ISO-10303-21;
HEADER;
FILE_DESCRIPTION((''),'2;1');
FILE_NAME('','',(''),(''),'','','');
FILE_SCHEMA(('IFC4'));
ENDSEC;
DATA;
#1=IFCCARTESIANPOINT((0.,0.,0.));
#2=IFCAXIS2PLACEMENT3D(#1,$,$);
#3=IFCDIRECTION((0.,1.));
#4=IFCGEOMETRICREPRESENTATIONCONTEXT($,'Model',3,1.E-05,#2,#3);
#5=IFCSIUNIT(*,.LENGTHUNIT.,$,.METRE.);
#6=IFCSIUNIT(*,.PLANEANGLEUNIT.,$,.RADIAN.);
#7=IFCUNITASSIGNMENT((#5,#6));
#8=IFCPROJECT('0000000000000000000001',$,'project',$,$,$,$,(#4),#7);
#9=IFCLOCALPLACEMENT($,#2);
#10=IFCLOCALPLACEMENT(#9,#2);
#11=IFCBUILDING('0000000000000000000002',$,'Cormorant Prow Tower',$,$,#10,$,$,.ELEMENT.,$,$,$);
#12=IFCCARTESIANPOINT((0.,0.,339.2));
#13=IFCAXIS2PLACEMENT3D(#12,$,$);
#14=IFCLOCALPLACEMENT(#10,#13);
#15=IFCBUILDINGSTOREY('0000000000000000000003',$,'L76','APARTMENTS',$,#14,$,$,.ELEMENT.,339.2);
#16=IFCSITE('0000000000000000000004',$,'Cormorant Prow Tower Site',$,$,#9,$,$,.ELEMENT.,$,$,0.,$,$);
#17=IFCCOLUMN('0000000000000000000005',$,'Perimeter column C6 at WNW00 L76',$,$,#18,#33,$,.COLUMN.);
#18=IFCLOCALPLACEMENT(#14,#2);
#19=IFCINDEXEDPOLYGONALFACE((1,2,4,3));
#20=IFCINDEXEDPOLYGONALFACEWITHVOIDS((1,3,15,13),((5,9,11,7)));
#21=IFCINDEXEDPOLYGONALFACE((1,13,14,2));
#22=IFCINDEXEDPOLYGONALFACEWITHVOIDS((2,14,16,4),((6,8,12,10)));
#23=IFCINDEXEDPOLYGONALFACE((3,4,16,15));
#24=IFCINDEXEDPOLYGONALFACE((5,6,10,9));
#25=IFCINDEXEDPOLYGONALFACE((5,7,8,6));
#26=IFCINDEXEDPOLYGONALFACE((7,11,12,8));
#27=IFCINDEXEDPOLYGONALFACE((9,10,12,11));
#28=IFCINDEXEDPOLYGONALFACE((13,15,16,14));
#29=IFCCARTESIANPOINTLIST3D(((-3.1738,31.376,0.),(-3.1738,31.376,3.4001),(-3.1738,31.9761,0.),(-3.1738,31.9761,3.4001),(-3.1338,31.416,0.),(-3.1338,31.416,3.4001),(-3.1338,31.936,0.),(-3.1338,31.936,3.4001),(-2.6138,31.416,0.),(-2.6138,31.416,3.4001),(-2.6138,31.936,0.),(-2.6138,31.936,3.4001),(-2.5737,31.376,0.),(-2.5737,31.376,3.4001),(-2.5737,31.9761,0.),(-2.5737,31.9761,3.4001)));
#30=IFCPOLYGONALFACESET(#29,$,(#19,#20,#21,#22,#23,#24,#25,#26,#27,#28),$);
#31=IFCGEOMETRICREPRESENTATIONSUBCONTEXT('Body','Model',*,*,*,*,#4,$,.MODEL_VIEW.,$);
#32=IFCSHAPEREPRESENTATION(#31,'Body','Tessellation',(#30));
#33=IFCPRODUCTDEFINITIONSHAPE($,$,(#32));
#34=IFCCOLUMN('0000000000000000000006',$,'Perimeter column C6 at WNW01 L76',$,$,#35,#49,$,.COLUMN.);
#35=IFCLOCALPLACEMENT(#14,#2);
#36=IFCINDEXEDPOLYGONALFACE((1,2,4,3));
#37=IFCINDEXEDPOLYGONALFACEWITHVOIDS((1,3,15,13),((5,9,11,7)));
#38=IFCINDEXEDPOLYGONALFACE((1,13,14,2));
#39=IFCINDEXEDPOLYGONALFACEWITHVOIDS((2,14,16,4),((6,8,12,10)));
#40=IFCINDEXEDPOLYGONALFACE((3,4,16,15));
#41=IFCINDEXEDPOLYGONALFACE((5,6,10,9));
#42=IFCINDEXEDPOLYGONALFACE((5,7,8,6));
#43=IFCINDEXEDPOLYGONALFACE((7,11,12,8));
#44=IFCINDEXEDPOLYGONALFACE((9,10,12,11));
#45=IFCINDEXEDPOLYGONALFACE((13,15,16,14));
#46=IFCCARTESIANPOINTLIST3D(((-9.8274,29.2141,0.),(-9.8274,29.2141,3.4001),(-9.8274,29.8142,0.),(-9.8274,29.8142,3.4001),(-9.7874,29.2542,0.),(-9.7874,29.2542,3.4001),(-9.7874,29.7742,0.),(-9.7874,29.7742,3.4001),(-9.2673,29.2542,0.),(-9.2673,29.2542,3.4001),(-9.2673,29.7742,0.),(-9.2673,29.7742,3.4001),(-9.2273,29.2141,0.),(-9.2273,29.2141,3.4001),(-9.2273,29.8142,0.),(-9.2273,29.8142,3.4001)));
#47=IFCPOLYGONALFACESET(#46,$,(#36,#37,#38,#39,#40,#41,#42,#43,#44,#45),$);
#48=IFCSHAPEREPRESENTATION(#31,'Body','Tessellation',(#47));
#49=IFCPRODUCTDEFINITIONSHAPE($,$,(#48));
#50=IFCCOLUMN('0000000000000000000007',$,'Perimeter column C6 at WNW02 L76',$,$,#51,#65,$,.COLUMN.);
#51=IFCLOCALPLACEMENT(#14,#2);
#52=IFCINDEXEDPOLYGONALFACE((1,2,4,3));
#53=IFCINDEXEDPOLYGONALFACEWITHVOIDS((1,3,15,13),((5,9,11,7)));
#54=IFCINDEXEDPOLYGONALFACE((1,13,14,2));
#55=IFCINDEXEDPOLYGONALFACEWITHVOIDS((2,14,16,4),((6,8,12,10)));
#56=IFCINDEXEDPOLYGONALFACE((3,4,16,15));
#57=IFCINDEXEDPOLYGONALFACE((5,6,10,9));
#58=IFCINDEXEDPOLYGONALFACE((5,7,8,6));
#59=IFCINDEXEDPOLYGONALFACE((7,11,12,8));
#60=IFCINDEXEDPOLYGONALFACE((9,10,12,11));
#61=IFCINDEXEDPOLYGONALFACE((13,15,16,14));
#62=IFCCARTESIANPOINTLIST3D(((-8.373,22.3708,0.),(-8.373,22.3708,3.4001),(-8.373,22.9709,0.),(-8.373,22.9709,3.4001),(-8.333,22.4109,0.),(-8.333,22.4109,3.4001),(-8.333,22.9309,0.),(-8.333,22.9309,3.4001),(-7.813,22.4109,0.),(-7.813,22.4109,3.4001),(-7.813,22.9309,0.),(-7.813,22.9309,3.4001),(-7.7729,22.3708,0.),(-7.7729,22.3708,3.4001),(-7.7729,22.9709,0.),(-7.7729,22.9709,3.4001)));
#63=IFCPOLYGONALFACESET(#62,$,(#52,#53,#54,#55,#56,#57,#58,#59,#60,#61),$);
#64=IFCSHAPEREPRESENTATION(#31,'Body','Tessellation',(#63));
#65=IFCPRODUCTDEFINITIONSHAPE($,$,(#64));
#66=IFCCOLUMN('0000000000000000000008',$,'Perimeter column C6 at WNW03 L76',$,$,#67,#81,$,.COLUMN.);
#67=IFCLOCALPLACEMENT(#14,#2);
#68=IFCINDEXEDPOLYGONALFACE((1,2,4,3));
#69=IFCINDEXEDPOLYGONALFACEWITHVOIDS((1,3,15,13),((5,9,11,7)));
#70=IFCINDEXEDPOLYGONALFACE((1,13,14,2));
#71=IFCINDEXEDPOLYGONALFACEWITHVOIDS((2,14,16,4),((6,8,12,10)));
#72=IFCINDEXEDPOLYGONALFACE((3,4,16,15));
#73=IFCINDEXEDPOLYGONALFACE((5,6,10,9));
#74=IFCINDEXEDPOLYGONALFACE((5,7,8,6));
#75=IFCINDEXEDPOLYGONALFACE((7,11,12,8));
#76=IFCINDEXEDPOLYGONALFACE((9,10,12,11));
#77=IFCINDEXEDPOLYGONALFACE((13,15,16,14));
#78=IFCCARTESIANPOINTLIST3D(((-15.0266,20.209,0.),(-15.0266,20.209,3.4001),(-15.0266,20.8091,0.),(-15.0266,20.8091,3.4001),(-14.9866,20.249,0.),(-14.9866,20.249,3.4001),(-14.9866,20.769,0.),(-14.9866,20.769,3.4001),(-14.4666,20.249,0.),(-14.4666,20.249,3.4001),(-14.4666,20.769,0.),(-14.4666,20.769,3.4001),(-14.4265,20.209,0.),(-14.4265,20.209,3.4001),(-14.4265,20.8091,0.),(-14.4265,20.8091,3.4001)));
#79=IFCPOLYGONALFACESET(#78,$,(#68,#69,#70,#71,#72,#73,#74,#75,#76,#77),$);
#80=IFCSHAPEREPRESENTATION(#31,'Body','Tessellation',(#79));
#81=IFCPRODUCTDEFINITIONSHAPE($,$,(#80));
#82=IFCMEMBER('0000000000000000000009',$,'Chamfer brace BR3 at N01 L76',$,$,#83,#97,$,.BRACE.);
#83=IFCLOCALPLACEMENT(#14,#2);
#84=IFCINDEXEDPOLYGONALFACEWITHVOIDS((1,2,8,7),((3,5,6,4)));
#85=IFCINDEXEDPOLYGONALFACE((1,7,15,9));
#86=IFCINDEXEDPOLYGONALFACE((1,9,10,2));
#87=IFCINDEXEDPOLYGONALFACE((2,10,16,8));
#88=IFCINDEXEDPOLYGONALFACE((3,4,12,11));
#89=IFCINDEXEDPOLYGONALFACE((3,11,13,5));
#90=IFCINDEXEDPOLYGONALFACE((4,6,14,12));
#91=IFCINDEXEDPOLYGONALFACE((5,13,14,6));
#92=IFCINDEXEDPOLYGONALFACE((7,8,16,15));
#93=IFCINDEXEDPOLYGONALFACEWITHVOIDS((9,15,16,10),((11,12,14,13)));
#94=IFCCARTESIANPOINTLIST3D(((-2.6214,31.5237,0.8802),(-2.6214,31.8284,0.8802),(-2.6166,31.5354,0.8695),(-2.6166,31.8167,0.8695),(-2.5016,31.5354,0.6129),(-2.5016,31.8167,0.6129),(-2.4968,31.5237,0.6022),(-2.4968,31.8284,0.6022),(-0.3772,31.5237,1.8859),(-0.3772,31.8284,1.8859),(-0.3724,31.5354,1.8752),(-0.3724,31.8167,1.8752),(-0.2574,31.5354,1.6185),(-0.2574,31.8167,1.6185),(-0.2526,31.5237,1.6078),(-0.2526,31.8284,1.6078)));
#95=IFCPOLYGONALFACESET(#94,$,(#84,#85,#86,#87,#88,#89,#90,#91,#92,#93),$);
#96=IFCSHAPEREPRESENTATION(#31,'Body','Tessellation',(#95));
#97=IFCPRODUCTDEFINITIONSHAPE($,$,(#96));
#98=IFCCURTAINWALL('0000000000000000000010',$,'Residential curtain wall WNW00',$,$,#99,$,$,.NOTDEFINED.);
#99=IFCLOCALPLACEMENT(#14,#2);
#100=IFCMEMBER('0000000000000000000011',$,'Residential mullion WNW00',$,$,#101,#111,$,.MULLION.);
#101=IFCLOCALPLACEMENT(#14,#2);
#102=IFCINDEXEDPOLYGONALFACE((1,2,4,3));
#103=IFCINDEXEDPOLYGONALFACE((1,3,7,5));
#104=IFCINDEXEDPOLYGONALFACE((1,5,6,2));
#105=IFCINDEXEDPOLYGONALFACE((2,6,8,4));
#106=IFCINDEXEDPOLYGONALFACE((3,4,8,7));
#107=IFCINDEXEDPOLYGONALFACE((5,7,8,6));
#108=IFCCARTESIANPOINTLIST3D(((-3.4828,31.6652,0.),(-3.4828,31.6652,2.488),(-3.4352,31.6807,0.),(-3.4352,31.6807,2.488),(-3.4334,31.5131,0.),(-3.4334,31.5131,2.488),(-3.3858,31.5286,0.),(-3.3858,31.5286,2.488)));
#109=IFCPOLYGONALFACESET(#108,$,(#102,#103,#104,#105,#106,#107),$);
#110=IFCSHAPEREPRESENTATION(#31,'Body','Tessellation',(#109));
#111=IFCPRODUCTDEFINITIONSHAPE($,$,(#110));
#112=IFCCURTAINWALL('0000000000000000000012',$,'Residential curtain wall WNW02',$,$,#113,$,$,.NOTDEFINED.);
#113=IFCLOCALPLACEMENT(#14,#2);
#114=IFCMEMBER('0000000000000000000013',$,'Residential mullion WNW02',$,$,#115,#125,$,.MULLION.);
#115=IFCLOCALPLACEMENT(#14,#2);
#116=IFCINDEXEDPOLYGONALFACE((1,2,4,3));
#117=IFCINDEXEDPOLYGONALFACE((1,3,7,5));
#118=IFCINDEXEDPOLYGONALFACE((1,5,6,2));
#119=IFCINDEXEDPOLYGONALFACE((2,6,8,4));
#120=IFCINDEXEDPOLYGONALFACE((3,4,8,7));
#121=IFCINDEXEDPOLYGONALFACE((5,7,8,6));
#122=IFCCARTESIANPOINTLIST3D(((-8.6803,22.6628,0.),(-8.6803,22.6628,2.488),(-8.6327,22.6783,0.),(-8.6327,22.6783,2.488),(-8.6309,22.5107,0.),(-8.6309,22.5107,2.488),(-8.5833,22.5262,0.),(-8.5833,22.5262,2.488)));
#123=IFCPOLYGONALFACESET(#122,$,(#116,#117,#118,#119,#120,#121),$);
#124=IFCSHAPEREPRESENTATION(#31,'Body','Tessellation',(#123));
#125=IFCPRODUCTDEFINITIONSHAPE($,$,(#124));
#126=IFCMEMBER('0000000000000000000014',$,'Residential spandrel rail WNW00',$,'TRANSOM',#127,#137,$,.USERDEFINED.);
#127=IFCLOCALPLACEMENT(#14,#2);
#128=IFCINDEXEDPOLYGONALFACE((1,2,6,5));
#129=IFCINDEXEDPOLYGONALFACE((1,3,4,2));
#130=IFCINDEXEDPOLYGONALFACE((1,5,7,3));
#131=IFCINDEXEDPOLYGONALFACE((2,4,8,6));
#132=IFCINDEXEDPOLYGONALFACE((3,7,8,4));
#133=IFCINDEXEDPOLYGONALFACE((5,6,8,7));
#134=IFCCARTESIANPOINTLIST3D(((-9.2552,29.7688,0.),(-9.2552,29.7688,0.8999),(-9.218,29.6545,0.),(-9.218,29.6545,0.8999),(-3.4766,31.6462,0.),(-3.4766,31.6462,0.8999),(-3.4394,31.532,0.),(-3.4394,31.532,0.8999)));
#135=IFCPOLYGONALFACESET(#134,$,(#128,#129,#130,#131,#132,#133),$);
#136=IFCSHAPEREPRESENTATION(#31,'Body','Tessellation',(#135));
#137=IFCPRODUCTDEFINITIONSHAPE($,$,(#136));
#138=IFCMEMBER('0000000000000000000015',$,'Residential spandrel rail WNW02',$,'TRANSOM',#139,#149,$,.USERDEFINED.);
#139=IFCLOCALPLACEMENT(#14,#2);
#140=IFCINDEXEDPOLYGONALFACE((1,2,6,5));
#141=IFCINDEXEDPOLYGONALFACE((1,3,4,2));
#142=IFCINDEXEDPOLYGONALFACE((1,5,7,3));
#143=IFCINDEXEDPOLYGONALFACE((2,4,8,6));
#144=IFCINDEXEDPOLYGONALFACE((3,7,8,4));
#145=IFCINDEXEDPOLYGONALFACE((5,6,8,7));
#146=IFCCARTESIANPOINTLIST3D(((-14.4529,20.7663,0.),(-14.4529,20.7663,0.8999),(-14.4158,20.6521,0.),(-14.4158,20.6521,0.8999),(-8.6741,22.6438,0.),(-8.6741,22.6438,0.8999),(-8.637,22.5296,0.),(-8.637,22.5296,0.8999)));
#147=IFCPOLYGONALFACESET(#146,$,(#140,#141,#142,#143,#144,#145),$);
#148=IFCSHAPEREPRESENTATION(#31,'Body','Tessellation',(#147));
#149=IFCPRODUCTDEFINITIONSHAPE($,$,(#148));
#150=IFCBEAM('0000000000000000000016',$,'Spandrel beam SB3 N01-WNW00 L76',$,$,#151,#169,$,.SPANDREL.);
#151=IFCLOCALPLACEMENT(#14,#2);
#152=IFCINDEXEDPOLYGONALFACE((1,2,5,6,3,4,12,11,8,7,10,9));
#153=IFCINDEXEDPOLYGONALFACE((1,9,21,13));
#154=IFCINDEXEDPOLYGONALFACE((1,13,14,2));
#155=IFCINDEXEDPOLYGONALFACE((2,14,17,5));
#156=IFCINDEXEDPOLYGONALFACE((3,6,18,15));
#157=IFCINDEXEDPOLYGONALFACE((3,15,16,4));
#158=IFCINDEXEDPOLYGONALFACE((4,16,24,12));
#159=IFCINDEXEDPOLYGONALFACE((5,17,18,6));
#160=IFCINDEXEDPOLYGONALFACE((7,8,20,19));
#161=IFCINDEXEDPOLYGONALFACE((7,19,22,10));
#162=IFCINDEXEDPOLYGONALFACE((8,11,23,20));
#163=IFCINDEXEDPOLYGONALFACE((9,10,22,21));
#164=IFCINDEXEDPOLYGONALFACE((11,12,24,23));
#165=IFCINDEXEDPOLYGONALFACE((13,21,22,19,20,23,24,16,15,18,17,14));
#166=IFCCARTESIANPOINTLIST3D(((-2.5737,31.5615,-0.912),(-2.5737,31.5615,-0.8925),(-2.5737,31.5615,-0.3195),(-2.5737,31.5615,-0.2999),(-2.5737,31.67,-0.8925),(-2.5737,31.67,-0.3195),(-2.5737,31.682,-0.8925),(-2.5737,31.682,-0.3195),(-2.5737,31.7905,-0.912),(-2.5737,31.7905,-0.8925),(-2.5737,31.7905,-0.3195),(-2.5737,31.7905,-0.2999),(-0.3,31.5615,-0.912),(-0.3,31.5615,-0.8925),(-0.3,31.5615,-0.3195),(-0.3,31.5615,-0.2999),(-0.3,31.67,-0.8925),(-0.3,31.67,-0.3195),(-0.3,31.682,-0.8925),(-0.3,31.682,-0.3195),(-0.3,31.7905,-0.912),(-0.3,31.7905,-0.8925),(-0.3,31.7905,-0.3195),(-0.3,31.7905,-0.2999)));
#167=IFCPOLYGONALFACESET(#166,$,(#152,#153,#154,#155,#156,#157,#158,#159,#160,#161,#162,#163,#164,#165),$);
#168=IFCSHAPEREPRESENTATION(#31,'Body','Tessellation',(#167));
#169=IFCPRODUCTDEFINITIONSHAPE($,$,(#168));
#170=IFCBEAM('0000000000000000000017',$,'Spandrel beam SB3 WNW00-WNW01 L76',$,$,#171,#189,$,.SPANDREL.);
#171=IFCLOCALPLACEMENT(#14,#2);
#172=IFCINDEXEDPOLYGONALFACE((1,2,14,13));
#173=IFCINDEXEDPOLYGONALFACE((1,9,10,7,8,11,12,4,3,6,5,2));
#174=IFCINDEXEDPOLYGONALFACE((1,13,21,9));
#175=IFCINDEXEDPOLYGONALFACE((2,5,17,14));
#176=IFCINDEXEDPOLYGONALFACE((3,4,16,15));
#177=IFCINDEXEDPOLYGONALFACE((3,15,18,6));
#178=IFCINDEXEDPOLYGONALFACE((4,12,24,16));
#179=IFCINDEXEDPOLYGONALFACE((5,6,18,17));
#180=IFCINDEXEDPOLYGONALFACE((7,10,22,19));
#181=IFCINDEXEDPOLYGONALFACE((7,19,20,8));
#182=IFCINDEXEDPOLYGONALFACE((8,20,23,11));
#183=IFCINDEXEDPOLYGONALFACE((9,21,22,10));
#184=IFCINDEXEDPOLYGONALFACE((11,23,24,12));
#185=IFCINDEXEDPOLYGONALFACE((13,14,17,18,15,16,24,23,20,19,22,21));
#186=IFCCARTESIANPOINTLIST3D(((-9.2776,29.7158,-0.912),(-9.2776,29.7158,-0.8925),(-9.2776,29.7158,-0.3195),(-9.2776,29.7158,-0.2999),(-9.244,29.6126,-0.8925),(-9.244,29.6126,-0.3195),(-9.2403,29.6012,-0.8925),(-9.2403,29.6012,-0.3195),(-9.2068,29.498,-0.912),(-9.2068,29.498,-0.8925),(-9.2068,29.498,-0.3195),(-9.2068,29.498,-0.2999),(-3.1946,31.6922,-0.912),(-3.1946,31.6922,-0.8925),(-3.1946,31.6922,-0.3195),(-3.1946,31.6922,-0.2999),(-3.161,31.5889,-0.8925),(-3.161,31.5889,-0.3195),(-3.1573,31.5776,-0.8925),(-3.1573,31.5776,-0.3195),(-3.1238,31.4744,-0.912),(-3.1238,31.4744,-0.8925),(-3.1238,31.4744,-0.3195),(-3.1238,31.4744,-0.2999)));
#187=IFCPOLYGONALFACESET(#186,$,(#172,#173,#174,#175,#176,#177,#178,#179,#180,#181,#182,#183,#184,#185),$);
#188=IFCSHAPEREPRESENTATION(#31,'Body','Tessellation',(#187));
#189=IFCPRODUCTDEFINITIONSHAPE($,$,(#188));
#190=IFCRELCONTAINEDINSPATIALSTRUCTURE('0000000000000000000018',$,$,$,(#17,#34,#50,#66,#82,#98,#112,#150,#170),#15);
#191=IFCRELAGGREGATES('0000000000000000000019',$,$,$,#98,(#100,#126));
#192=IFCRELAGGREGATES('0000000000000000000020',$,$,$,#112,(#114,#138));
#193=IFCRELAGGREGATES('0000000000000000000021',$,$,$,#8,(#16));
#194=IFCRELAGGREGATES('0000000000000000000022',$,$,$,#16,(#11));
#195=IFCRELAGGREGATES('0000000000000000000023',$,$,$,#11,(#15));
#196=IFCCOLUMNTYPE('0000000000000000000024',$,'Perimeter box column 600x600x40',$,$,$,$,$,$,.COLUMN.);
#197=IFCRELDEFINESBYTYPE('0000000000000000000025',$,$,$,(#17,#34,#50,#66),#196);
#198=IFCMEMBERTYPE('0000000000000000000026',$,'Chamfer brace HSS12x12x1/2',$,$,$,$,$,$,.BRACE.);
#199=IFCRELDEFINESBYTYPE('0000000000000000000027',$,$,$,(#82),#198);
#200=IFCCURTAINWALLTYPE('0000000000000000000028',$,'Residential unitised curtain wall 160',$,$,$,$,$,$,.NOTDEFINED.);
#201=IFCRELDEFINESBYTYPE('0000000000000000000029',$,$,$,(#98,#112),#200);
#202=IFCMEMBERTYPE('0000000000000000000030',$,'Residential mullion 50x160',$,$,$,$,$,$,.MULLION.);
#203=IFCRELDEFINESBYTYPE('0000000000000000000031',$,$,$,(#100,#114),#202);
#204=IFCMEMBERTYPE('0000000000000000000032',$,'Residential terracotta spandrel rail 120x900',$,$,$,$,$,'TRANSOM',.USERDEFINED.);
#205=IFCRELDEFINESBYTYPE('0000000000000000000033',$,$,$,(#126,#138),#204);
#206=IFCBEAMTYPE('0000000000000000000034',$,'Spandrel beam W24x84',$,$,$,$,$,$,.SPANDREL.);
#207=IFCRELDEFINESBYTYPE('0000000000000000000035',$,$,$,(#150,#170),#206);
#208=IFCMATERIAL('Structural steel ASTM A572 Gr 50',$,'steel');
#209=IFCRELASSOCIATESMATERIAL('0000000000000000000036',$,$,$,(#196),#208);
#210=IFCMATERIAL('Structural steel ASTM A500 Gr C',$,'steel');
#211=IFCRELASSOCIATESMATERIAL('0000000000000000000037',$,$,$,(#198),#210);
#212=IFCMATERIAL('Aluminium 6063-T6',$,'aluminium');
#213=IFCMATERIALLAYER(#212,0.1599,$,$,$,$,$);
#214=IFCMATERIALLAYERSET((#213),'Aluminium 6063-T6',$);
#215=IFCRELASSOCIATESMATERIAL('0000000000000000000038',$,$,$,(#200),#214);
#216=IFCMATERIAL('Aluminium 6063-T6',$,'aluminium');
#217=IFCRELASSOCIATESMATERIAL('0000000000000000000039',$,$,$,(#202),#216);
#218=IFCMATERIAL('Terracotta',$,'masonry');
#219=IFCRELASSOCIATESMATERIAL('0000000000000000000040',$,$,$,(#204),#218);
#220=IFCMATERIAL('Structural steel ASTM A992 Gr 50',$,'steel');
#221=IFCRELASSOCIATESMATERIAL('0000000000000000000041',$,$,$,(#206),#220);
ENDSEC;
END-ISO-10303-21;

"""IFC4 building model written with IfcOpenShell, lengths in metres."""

from ifc_helpers import new_model, si_unit, direction, frame, origin, origin_2d, place, context, subcontext, project, spatial, rectangle, hollow_rectangle, i_section, extrude, material, layer, layer_set, material_profile, profile_set, type_object, element, aggregate, save


model = new_model("IFC4")

# Units and contexts
model_context = context("Model", 3, precision=1e-05, world=origin(), true_north=direction((0.0, 1.0)))
body_context = subcontext(model_context, "Body", "Model", "MODEL_VIEW")
ifc_project = project(units=[si_unit("LENGTHUNIT", "METRE"), si_unit("PLANEANGLEUNIT", "RADIAN")], contexts=[model_context])

# Site, building, storey
site_placement = place(None, origin())
site = spatial("IfcSite", under=ifc_project, at=site_placement, Name="Cormorant Prow Tower Site", CompositionType="ELEMENT", RefElevation=0.0)
building_placement = place(site_placement, origin())
building = spatial("IfcBuilding", under=site, at=building_placement, Name="Cormorant Prow Tower", CompositionType="ELEMENT")
storey_placement = place(building_placement, frame((0.0, 0.0, 339.2)))
storey = spatial("IfcBuildingStorey", under=building, at=storey_placement, Name="L76", Description="APARTMENTS", CompositionType="ELEMENT", Elevation=339.2)

# Columns
ifc_material_1 = material(Name="Structural steel ASTM A572 Gr 50", Category="steel")
ifc_material_profile_1 = material_profile(ifc_material_1, hollow_rectangle(XDim=0.6001, YDim=0.6001, WallThickness=0.04, at=origin_2d()), Name="Box 600x600x40")
ifc_profile_set_1 = profile_set([ifc_material_profile_1], Name="Structural steel ASTM A572 Gr 50")
column_type = type_object("IfcColumnType", Name="Perimeter box column 600x600x40", PredefinedType="COLUMN", material=ifc_profile_set_1)
for number, where, z_axis, x_axis, name in (
    (1, (-2.8738, 31.676, 0.0), (0.0, 0.0, 1.0), (1.0, 0.0, 0.0), "Perimeter column C6 at WNW00 L76"),
    (2, (-9.5273, 29.5142, 0.0), (0.0, 0.0, 1.0), (1.0, 0.0, 0.0), "Perimeter column C6 at WNW01 L76"),
    (3, (-8.073, 22.6709, 0.0), (0.0, 0.0, 1.0), (1.0, 0.0, 0.0), "Perimeter column C6 at WNW02 L76"),
    (4, (-14.7266, 20.509, 0.0), (0.0, 0.0, 1.0), (1.0, 0.0, 0.0), "Perimeter column C6 at WNW03 L76"),
):
    element("IfcColumn", number, at=place(storey_placement, frame(where, z_axis=z_axis, x_axis=x_axis)), inside=storey, type_object=column_type, Name=name, PredefinedType="COLUMN", context=body_context, shape_type="SweptSolid", body=[
        extrude(hollow_rectangle(XDim=0.6001, YDim=0.6001, WallThickness=0.04, at=origin_2d()), origin(), (0.0, 0.0, 1.0), 3.4001),
    ])

# Member
ifc_material_2 = material(Name="Structural steel ASTM A500 Gr C", Category="steel")
ifc_material_profile_2 = material_profile(ifc_material_2, hollow_rectangle(XDim=0.3047, YDim=0.3047, WallThickness=0.0117, at=origin_2d()), Name="HSS12x12x1/2")
ifc_profile_set_2 = profile_set([ifc_material_profile_2], Name="Structural steel ASTM A500 Gr C")
member_type_1 = type_object("IfcMemberType", Name="Chamfer brace HSS12x12x1/2", PredefinedType="BRACE", material=ifc_profile_set_2)
member_1_placement = place(storey_placement, frame((-2.5591, 31.676, 0.7412), z_axis=(0.912567, 0.0, 0.408928), x_axis=(0.0, 1.0, 0.0)))
element("IfcMember", 5, at=member_1_placement, inside=storey, type_object=member_type_1, Name="Chamfer brace BR3 at N01 L76", PredefinedType="BRACE", context=body_context, shape_type="SweptSolid", body=[
    extrude(hollow_rectangle(XDim=0.3047, YDim=0.3047, WallThickness=0.0117, at=origin_2d()), origin(), (0.0, 0.0, 1.0), 2.4592),
])

# Curtain walls, members
ifc_material_3 = material(Name="Aluminium 6063-T6", Category="aluminium")
ifc_layer_1 = layer(ifc_material_3, 0.1599)
ifc_layer_set_1 = layer_set([ifc_layer_1], Name="Aluminium 6063-T6")
curtain_wall_type = type_object("IfcCurtainWallType", Name="Residential unitised curtain wall 160", PredefinedType="NOTDEFINED", material=ifc_layer_set_1)
curtain_wall_1_placement = place(storey_placement, origin())
curtain_wall_1 = element("IfcCurtainWall", 6, at=curtain_wall_1_placement, inside=storey, type_object=curtain_wall_type, Name="Residential curtain wall WNW00", PredefinedType="NOTDEFINED")
ifc_material_4 = material(Name="Aluminium 6063-T6", Category="aluminium")
ifc_material_profile_3 = material_profile(ifc_material_4, rectangle(XDim=0.1599, YDim=0.05, at=origin_2d()), Name="Residential mullion 50x160")
ifc_profile_set_3 = profile_set([ifc_material_profile_3], Name="Aluminium 6063-T6")
member_type_2 = type_object("IfcMemberType", Name="Residential mullion 50x160", PredefinedType="MULLION", material=ifc_profile_set_3)
member_2_placement = place(storey_placement, frame((-3.4343, 31.5969, 0.0), z_axis=(0.0, 0.0, 1.0), x_axis=(0.309017, -0.951056, 0.0)))
member_2 = element("IfcMember", 7, at=member_2_placement, type_object=member_type_2, Name="Residential mullion WNW00", PredefinedType="MULLION", context=body_context, shape_type="SweptSolid", body=[
    extrude(rectangle(XDim=0.1599, YDim=0.05, at=origin_2d()), origin(), (0.0, 0.0, 1.0), 2.488),
])
curtain_wall_2_placement = place(storey_placement, origin())
curtain_wall_2 = element("IfcCurtainWall", 8, at=curtain_wall_2_placement, inside=storey, type_object=curtain_wall_type, Name="Residential curtain wall WNW02", PredefinedType="NOTDEFINED")
member_3_placement = place(storey_placement, frame((-8.6318, 22.5945, 0.0), z_axis=(0.0, 0.0, 1.0), x_axis=(0.309017, -0.951056, 0.0)))
member_3 = element("IfcMember", 9, at=member_3_placement, type_object=member_type_2, Name="Residential mullion WNW02", PredefinedType="MULLION", context=body_context, shape_type="SweptSolid", body=[
    extrude(rectangle(XDim=0.1599, YDim=0.05, at=origin_2d()), origin(), (0.0, 0.0, 1.0), 2.488),
])

# Members
ifc_material_5 = material(Name="Terracotta", Category="masonry")
ifc_material_profile_4 = material_profile(ifc_material_5, rectangle(XDim=0.1201, YDim=0.8999, at=origin_2d()), Name="Residential terracotta spandrel rail 120x900")
ifc_profile_set_4 = profile_set([ifc_material_profile_4], Name="Terracotta")
member_type_3 = type_object("IfcMemberType", Name="Residential terracotta spandrel rail 120x900", ElementType="TRANSOM", PredefinedType="USERDEFINED", material=ifc_profile_set_4)
member_4_placement = place(storey_placement, frame((-3.458, 31.5891, 0.45), z_axis=(-0.951063, -0.308998, 0.0), x_axis=(0.308998, -0.951063, 0.0)))
member_4 = element("IfcMember", 10, at=member_4_placement, type_object=member_type_3, Name="Residential spandrel rail WNW00", ObjectType="TRANSOM", PredefinedType="USERDEFINED", context=body_context, shape_type="SweptSolid", body=[
    extrude(rectangle(XDim=0.1201, YDim=0.8999, at=origin_2d()), origin(), (0.0, 0.0, 1.0), 6.0759),
])
member_5_placement = place(storey_placement, frame((-8.6555, 22.5867, 0.45), z_axis=(-0.951067, -0.308986, 0.0), x_axis=(0.308986, -0.951067, 0.0)))
member_5 = element("IfcMember", 11, at=member_5_placement, type_object=member_type_3, Name="Residential spandrel rail WNW02", ObjectType="TRANSOM", PredefinedType="USERDEFINED", context=body_context, shape_type="SweptSolid", body=[
    extrude(rectangle(XDim=0.1201, YDim=0.8999, at=origin_2d()), origin(), (0.0, 0.0, 1.0), 6.0762),
])

# Beams
ifc_material_6 = material(Name="Structural steel ASTM A992 Gr 50", Category="steel")
ifc_material_profile_5 = material_profile(ifc_material_6, i_section(OverallWidth=0.229, OverallDepth=0.6121, WebThickness=0.012, FlangeThickness=0.0195, at=origin_2d()), Name="W24x84")
ifc_profile_set_5 = profile_set([ifc_material_profile_5], Name="Structural steel ASTM A992 Gr 50")
beam_type = type_object("IfcBeamType", Name="Spandrel beam W24x84", PredefinedType="SPANDREL", material=ifc_profile_set_5)
beam_1_placement = place(storey_placement, frame((-0.3, 31.676, -0.606), z_axis=(-1.0, 0.0, 0.0), x_axis=(0.0, -1.0, 0.0)))
element("IfcBeam", 12, at=beam_1_placement, inside=storey, type_object=beam_type, Name="Spandrel beam SB3 N01-WNW00 L76", PredefinedType="SPANDREL", context=body_context, shape_type="SweptSolid", body=[
    extrude(i_section(OverallWidth=0.229, OverallDepth=0.6121, WebThickness=0.012, FlangeThickness=0.0195, at=origin_2d()), origin(), (0.0, 0.0, 1.0), 2.2737),
])
beam_2_placement = place(storey_placement, frame((-3.1592, 31.5833, -0.606), z_axis=(-0.951064, -0.308993, 0.0), x_axis=(0.308993, -0.951064, 0.0)))
element("IfcBeam", 13, at=beam_2_placement, inside=storey, type_object=beam_type, Name="Spandrel beam SB3 WNW00-WNW01 L76", PredefinedType="SPANDREL", context=body_context, shape_type="SweptSolid", body=[
    extrude(i_section(OverallWidth=0.229, OverallDepth=0.6121, WebThickness=0.012, FlangeThickness=0.0195, at=origin_2d()), origin(), (0.0, 0.0, 1.0), 6.396),
])

aggregate(curtain_wall_1, [member_2, member_4])
aggregate(curtain_wall_2, [member_3, member_5])

save(model, "model.ifc")
